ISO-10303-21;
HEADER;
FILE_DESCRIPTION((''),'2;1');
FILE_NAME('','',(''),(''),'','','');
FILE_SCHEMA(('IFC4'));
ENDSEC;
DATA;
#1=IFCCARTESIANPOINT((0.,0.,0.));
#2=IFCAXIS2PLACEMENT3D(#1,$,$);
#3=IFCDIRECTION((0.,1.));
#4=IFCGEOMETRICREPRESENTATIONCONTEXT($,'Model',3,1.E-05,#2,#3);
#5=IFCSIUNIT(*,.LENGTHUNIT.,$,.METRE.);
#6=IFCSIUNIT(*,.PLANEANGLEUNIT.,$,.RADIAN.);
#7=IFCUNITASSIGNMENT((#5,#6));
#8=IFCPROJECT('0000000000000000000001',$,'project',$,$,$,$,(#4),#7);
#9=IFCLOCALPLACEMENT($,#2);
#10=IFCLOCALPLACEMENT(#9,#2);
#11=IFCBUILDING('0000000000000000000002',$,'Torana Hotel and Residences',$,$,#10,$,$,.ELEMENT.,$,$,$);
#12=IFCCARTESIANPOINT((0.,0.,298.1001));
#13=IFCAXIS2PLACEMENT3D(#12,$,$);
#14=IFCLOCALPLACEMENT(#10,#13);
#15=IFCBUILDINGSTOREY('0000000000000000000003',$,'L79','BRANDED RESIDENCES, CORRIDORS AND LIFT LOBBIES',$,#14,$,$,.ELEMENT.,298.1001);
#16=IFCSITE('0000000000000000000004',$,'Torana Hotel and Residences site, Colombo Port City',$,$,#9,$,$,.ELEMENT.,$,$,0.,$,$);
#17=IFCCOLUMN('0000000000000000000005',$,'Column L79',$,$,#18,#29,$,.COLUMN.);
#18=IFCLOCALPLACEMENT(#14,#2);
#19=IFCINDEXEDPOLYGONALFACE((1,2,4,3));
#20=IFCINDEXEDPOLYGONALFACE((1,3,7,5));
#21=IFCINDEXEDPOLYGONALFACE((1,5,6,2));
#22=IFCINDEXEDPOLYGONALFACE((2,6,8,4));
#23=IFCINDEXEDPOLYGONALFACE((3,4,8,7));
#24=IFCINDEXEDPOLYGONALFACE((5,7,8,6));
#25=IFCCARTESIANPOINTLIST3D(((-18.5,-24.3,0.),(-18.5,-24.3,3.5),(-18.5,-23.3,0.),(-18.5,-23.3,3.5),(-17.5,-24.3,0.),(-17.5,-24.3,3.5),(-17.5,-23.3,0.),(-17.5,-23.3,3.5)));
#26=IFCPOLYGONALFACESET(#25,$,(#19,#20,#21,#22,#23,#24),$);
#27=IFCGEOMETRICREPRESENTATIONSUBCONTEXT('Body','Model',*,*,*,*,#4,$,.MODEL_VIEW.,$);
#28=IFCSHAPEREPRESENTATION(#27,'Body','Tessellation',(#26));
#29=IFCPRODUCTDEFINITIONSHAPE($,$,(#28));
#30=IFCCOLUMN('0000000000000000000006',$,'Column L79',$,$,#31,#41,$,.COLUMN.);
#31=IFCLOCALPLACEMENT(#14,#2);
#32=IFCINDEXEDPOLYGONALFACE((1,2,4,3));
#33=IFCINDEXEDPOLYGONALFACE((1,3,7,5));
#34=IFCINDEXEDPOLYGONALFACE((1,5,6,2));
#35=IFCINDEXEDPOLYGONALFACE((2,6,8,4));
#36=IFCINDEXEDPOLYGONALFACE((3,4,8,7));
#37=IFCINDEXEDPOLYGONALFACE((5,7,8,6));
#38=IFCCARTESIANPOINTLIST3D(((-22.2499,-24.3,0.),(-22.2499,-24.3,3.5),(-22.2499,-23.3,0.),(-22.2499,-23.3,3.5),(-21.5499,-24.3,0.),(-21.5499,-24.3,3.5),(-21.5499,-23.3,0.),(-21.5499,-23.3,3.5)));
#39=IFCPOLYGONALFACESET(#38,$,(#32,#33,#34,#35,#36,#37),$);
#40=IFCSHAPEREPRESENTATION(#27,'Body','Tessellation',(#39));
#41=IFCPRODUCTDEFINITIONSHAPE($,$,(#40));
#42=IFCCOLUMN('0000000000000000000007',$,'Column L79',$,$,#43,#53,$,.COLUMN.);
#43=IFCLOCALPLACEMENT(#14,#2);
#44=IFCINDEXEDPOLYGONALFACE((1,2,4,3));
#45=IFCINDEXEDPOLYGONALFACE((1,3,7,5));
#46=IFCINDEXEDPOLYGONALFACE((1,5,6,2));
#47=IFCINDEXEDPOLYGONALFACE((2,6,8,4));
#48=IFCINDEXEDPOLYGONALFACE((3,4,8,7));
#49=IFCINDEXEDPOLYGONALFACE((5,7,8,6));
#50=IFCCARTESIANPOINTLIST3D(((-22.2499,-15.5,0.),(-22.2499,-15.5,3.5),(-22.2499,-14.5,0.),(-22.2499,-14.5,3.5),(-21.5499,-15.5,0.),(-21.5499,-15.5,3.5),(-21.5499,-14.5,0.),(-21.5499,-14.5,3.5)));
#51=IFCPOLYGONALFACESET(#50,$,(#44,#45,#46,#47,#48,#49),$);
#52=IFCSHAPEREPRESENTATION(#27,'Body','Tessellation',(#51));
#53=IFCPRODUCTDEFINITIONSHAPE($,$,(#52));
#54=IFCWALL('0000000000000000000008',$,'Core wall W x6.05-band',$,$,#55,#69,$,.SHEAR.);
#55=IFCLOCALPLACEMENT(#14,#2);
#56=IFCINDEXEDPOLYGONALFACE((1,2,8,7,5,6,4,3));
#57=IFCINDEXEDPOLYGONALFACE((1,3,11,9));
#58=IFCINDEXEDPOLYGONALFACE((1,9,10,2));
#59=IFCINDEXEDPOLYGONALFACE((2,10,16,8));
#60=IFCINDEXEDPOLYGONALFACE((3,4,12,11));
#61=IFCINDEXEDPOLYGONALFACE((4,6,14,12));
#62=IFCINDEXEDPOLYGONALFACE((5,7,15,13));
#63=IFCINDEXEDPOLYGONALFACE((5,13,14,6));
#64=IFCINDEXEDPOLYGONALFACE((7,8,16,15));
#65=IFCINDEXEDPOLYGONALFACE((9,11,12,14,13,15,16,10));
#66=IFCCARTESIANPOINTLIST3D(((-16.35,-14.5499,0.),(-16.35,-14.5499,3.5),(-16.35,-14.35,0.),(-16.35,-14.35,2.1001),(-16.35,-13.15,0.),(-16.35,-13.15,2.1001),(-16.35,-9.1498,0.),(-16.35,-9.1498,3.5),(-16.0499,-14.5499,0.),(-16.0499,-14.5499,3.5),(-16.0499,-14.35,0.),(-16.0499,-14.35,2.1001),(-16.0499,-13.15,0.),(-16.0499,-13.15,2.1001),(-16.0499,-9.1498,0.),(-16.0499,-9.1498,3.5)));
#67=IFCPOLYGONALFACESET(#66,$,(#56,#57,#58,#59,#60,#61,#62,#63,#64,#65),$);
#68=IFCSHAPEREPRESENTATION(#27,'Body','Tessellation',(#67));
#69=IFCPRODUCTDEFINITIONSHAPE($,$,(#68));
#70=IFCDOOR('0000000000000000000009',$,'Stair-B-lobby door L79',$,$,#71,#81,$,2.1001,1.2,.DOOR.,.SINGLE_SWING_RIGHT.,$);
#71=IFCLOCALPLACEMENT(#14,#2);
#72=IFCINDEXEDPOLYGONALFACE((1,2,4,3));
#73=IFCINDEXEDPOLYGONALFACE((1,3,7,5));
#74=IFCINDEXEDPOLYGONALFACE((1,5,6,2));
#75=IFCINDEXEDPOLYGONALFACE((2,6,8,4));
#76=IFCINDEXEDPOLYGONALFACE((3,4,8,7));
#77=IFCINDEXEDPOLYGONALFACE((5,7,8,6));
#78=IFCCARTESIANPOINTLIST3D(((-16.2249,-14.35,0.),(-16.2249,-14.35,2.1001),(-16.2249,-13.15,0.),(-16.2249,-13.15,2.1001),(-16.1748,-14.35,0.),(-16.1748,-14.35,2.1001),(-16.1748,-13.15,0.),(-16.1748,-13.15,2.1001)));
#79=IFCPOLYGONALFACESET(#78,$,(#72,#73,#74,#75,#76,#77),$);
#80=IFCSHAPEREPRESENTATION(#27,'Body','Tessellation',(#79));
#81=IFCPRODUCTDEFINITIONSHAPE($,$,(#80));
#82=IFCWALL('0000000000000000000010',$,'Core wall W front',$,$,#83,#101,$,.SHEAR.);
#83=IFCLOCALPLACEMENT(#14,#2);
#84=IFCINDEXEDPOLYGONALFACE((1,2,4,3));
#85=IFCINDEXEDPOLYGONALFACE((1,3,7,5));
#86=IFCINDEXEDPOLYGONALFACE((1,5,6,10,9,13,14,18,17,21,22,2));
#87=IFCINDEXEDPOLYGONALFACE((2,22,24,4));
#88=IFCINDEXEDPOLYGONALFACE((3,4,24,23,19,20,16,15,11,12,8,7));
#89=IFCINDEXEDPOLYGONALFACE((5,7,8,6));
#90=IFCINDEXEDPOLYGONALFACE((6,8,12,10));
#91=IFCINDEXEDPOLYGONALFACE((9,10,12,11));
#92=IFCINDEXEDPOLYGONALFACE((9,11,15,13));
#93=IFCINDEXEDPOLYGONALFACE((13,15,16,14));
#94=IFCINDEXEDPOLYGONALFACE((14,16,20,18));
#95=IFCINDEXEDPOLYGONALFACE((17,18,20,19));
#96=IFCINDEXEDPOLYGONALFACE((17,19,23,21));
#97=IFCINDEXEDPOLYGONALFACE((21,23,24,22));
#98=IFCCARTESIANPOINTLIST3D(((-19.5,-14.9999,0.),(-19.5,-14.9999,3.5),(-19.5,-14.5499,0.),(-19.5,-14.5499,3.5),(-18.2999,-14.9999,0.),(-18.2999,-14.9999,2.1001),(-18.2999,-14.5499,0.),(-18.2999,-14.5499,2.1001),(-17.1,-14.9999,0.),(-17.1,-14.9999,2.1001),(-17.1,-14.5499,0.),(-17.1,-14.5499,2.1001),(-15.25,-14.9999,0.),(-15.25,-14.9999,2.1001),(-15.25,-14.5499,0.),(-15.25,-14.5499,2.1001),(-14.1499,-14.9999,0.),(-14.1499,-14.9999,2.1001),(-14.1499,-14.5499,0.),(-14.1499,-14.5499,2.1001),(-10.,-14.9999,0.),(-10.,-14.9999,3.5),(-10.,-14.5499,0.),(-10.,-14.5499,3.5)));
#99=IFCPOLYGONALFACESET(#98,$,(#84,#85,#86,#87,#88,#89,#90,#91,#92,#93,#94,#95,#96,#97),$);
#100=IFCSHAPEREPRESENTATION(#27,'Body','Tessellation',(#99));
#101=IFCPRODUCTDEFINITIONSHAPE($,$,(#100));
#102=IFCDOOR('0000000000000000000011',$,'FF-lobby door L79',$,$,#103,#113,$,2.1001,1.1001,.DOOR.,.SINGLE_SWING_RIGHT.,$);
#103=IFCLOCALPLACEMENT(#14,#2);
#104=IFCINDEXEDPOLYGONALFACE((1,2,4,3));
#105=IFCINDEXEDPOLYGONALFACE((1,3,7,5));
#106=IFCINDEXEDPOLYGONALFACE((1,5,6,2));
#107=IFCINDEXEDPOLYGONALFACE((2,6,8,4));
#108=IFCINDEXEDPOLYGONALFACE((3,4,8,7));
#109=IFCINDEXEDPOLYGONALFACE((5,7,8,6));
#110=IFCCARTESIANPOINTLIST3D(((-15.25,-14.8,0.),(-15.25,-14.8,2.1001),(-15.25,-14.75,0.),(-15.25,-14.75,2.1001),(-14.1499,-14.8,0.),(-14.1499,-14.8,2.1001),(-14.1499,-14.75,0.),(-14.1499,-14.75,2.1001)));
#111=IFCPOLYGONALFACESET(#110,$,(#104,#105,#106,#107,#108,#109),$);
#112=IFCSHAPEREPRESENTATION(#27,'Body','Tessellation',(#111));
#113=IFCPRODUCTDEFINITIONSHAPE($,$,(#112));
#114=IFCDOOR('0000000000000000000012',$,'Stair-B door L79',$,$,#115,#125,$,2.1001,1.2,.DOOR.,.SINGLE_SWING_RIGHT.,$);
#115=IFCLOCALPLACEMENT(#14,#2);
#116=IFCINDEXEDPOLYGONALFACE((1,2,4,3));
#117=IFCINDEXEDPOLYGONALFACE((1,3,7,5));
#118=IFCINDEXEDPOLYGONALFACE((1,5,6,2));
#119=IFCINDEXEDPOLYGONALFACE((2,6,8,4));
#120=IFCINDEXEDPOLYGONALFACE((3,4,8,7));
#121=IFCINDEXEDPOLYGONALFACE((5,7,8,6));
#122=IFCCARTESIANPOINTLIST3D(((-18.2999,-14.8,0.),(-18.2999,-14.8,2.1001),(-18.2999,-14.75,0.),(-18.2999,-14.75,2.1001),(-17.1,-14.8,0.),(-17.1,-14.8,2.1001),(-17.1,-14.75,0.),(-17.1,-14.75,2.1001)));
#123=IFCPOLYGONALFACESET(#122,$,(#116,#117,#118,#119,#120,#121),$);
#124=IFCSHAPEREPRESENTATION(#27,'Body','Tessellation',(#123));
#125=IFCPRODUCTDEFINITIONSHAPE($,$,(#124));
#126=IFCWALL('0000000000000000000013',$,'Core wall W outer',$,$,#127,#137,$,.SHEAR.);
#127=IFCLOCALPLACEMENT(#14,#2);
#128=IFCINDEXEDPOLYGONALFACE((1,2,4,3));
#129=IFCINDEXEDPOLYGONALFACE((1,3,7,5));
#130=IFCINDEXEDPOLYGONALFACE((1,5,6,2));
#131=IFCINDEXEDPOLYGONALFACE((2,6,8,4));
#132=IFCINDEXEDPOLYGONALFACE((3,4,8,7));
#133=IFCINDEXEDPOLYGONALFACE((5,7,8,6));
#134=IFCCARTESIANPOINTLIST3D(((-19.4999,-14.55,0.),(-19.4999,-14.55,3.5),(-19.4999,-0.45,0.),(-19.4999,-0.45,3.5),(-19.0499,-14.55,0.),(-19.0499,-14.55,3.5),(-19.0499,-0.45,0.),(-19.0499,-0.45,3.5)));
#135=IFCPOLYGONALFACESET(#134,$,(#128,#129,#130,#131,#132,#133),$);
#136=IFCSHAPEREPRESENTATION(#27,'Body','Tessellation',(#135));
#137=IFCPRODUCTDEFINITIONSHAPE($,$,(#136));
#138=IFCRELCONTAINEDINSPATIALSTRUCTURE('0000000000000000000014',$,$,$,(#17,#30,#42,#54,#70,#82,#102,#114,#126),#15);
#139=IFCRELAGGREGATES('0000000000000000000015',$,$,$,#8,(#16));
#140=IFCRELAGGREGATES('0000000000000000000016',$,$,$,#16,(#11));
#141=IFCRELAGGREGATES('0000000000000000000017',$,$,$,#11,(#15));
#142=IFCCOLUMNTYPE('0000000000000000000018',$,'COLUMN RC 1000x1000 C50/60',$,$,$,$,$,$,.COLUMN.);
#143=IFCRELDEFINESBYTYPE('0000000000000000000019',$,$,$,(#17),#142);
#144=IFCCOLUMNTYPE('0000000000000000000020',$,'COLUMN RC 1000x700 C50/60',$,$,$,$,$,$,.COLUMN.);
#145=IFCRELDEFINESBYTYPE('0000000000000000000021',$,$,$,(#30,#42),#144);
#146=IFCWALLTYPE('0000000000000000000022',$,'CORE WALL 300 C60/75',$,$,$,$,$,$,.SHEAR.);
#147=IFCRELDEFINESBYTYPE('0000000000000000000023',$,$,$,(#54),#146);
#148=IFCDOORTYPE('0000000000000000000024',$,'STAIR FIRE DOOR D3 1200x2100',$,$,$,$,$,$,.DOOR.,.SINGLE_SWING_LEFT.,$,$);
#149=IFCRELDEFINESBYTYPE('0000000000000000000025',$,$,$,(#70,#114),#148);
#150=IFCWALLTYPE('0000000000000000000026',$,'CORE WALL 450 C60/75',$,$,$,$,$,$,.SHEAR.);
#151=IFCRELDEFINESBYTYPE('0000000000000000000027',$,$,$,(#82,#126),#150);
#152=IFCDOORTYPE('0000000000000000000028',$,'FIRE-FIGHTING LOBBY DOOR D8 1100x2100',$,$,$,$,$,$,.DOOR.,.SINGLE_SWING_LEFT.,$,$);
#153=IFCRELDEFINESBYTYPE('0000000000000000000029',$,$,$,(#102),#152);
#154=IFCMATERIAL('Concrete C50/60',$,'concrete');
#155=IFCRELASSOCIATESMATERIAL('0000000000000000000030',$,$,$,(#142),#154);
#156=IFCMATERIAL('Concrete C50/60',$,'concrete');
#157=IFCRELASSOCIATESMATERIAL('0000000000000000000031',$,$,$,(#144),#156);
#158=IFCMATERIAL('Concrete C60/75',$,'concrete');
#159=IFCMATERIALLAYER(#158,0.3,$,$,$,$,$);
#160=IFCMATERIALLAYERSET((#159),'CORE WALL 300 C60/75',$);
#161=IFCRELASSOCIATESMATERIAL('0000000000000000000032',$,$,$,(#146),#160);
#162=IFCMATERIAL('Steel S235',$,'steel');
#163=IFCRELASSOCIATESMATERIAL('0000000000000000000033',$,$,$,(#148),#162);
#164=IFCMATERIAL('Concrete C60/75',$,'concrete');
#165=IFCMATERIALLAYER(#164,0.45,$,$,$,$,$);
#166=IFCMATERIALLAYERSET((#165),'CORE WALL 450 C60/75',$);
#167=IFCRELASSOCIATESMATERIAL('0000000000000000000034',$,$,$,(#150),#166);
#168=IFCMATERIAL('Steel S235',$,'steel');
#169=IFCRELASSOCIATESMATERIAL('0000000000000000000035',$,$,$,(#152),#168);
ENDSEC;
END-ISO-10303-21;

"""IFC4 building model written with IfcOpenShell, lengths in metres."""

from ifc_helpers import new_model, si_unit, direction, frame, frame_2d, origin, origin_2d, place, context, subcontext, project, spatial, rectangle, extrude, material, layer, layer_set, material_profile, profile_set, type_object, element, fill, save


model = new_model("IFC4")

# Units and contexts
model_context = context("Model", 3, precision=1e-05, world=origin(), true_north=direction((0.0, 1.0)))
body_context = subcontext(model_context, "Body", "Model", "MODEL_VIEW")
ifc_project = project(units=[si_unit("LENGTHUNIT", "METRE"), si_unit("PLANEANGLEUNIT", "RADIAN")], contexts=[model_context])

# Site, building, storey
site_placement = place(None, origin())
site = spatial("IfcSite", under=ifc_project, at=site_placement, Name="Torana Hotel and Residences site, Colombo Port City", CompositionType="ELEMENT", RefElevation=0.0)
building_placement = place(site_placement, origin())
building = spatial("IfcBuilding", under=site, at=building_placement, Name="Torana Hotel and Residences", CompositionType="ELEMENT")
storey_placement = place(building_placement, frame((0.0, 0.0, 298.1001)))
storey = spatial("IfcBuildingStorey", under=building, at=storey_placement, Name="L79", Description="BRANDED RESIDENCES, CORRIDORS AND LIFT LOBBIES", CompositionType="ELEMENT", Elevation=298.1001)

# Columns
ifc_material_1 = material(Name="Concrete C50/60", Category="concrete")
ifc_material_profile_1 = material_profile(ifc_material_1, rectangle(XDim=1.0, YDim=1.0, at=origin_2d()), Name="RC 1000x1000")
ifc_profile_set_1 = profile_set([ifc_material_profile_1], Name="Concrete C50/60")
column_type_1 = type_object("IfcColumnType", Name="COLUMN RC 1000x1000 C50/60", PredefinedType="COLUMN", material=ifc_profile_set_1)
column_placement = place(storey_placement, frame((-18.0, -23.8, 0.0), z_axis=(0.0, 0.0, 1.0), x_axis=(1.0, 0.0, 0.0)))
element("IfcColumn", 1, at=column_placement, inside=storey, type_object=column_type_1, Name="Column L79", PredefinedType="COLUMN", context=body_context, shape_type="SweptSolid", body=[
    extrude(rectangle(XDim=1.0, YDim=1.0, at=origin_2d()), origin(), (0.0, 0.0, 1.0), 3.5),
])
ifc_material_2 = material(Name="Concrete C50/60", Category="concrete")
ifc_material_profile_2 = material_profile(ifc_material_2, rectangle(XDim=1.0, YDim=0.7, at=origin_2d()), Name="RC 1000x700")
ifc_profile_set_2 = profile_set([ifc_material_profile_2], Name="Concrete C50/60")
column_type_2 = type_object("IfcColumnType", Name="COLUMN RC 1000x700 C50/60", PredefinedType="COLUMN", material=ifc_profile_set_2)
for number, where, z_axis, x_axis, name in (
    (2, (-21.8999, -23.8, 0.0), (0.0, 0.0, 1.0), (0.0, 1.0, 0.0), "Column L79"),
    (3, (-21.8999, -15.0, 0.0), (0.0, 0.0, 1.0), (0.0, 1.0, 0.0), "Column L79"),
):
    element("IfcColumn", number, at=place(storey_placement, frame(where, z_axis=z_axis, x_axis=x_axis)), inside=storey, type_object=column_type_2, Name=name, PredefinedType="COLUMN", context=body_context, shape_type="SweptSolid", body=[
        extrude(rectangle(XDim=1.0, YDim=0.7, at=origin_2d()), origin(), (0.0, 0.0, 1.0), 3.5),
    ])

# Wall, opening, door
ifc_material_3 = material(Name="Concrete C60/75", Category="concrete")
ifc_layer_1 = layer(ifc_material_3, 0.3)
ifc_layer_set_1 = layer_set([ifc_layer_1], Name="CORE WALL 300 C60/75")
wall_type_1 = type_object("IfcWallType", Name="CORE WALL 300 C60/75", PredefinedType="SHEAR", material=ifc_layer_set_1)
wall_1_placement = place(storey_placement, frame((-16.2, -14.55, 0.0), z_axis=(0.0, 0.0, 1.0), x_axis=(0.0, 1.0, 0.0)))
wall_1 = element("IfcWall", 4, at=wall_1_placement, inside=storey, type_object=wall_type_1, Name="Core wall W x6.05-band", PredefinedType="SHEAR", context=body_context, shape_type="SweptSolid", body=[
    extrude(rectangle(XDim=5.4001, YDim=0.3, at=frame_2d((2.7002, 0.0))), origin(), (0.0, 0.0, 1.0), 3.5),
])
opening_1_placement = place(wall_1_placement, frame((0.2, 0.0, 0.0)))
opening_1 = element("IfcOpeningElement", 5, at=opening_1_placement, cuts=wall_1, PredefinedType="OPENING", context=body_context, shape_type="SweptSolid", body=[
    extrude(rectangle(XDim=1.2, YDim=2.1001, at=frame_2d((0.6001, 1.05))), frame((0.0, 0.1599, 0.0), z_axis=(0.0, -1.0, 0.0), x_axis=(1.0, 0.0, 0.0)), (0.0, 0.0, 1.0), 0.3201),
])
ifc_material_4 = material(Name="Steel S235", Category="steel")
door_type_1 = type_object("IfcDoorType", Name="STAIR FIRE DOOR D3 1200x2100", OperationType="SINGLE_SWING_LEFT", PredefinedType="DOOR", material=ifc_material_4)
door_1_placement = place(opening_1_placement, origin())
door_1 = element("IfcDoor", 6, at=door_1_placement, inside=storey, type_object=door_type_1, Name="Stair-B-lobby door L79", OperationType="SINGLE_SWING_RIGHT", OverallHeight=2.1001, OverallWidth=1.2, PredefinedType="DOOR", context=body_context, shape_type="SweptSolid", body=[
    extrude(rectangle(XDim=1.2, YDim=2.1001, at=frame_2d((0.6001, 1.05))), frame((0.0, 0.0249, 0.0), z_axis=(0.0, -1.0, 0.0), x_axis=(1.0, 0.0, 0.0)), (0.0, 0.0, 1.0), 0.05),
])
fill(opening_1, door_1)

# Wall, openings, doors
ifc_material_5 = material(Name="Concrete C60/75", Category="concrete")
ifc_layer_2 = layer(ifc_material_5, 0.45)
ifc_layer_set_2 = layer_set([ifc_layer_2], Name="CORE WALL 450 C60/75")
wall_type_2 = type_object("IfcWallType", Name="CORE WALL 450 C60/75", PredefinedType="SHEAR", material=ifc_layer_set_2)
wall_2_placement = place(storey_placement, frame((-19.5, -14.7749, 0.0), z_axis=(0.0, 0.0, 1.0), x_axis=(1.0, 0.0, 0.0)))
wall_2 = element("IfcWall", 7, at=wall_2_placement, inside=storey, type_object=wall_type_2, Name="Core wall W front", PredefinedType="SHEAR", context=body_context, shape_type="SweptSolid", body=[
    extrude(rectangle(XDim=9.5, YDim=0.45, at=frame_2d((4.75, 0.0))), origin(), (0.0, 0.0, 1.0), 3.5),
])
opening_2_placement = place(wall_2_placement, frame((1.2, 0.0, 0.0)))
opening_2 = element("IfcOpeningElement", 8, at=opening_2_placement, cuts=wall_2, PredefinedType="OPENING", context=body_context, shape_type="SweptSolid", body=[
    extrude(rectangle(XDim=1.2, YDim=2.1001, at=frame_2d((0.6001, 1.05))), frame((0.0, 0.2349, 0.0), z_axis=(0.0, -1.0, 0.0), x_axis=(1.0, 0.0, 0.0)), (0.0, 0.0, 1.0), 0.47),
])
opening_3_placement = place(wall_2_placement, frame((4.25, 0.0, 0.0)))
opening_3 = element("IfcOpeningElement", 9, at=opening_3_placement, cuts=wall_2, PredefinedType="OPENING", context=body_context, shape_type="SweptSolid", body=[
    extrude(rectangle(XDim=1.1001, YDim=2.1001, at=frame_2d((0.55, 1.05))), frame((0.0, 0.2349, 0.0), z_axis=(0.0, -1.0, 0.0), x_axis=(1.0, 0.0, 0.0)), (0.0, 0.0, 1.0), 0.47),
])
ifc_material_6 = material(Name="Steel S235", Category="steel")
door_type_2 = type_object("IfcDoorType", Name="FIRE-FIGHTING LOBBY DOOR D8 1100x2100", OperationType="SINGLE_SWING_LEFT", PredefinedType="DOOR", material=ifc_material_6)
door_2_placement = place(opening_3_placement, origin())
door_2 = element("IfcDoor", 10, at=door_2_placement, inside=storey, type_object=door_type_2, Name="FF-lobby door L79", OperationType="SINGLE_SWING_RIGHT", OverallHeight=2.1001, OverallWidth=1.1001, PredefinedType="DOOR", context=body_context, shape_type="SweptSolid", body=[
    extrude(rectangle(XDim=1.1001, YDim=2.1001, at=frame_2d((0.55, 1.05))), frame((0.0, 0.0249, 0.0), z_axis=(0.0, -1.0, 0.0), x_axis=(1.0, 0.0, 0.0)), (0.0, 0.0, 1.0), 0.05),
])
fill(opening_3, door_2)
door_3_placement = place(opening_2_placement, origin())
door_3 = element("IfcDoor", 11, at=door_3_placement, inside=storey, type_object=door_type_1, Name="Stair-B door L79", OperationType="SINGLE_SWING_RIGHT", OverallHeight=2.1001, OverallWidth=1.2, PredefinedType="DOOR", context=body_context, shape_type="SweptSolid", body=[
    extrude(rectangle(XDim=1.2, YDim=2.1001, at=frame_2d((0.6001, 1.05))), frame((0.0, 0.0249, 0.0), z_axis=(0.0, -1.0, 0.0), x_axis=(1.0, 0.0, 0.0)), (0.0, 0.0, 1.0), 0.05),
])
fill(opening_2, door_3)

# Wall
wall_3_placement = place(storey_placement, frame((-19.2749, -14.55, 0.0), z_axis=(0.0, 0.0, 1.0), x_axis=(0.0, 1.0, 0.0)))
element("IfcWall", 12, at=wall_3_placement, inside=storey, type_object=wall_type_2, Name="Core wall W outer", PredefinedType="SHEAR", context=body_context, shape_type="SweptSolid", body=[
    extrude(rectangle(XDim=14.1001, YDim=0.45, at=frame_2d((7.05, 0.0))), origin(), (0.0, 0.0, 1.0), 3.5),
])

save(model, "model.ifc")
